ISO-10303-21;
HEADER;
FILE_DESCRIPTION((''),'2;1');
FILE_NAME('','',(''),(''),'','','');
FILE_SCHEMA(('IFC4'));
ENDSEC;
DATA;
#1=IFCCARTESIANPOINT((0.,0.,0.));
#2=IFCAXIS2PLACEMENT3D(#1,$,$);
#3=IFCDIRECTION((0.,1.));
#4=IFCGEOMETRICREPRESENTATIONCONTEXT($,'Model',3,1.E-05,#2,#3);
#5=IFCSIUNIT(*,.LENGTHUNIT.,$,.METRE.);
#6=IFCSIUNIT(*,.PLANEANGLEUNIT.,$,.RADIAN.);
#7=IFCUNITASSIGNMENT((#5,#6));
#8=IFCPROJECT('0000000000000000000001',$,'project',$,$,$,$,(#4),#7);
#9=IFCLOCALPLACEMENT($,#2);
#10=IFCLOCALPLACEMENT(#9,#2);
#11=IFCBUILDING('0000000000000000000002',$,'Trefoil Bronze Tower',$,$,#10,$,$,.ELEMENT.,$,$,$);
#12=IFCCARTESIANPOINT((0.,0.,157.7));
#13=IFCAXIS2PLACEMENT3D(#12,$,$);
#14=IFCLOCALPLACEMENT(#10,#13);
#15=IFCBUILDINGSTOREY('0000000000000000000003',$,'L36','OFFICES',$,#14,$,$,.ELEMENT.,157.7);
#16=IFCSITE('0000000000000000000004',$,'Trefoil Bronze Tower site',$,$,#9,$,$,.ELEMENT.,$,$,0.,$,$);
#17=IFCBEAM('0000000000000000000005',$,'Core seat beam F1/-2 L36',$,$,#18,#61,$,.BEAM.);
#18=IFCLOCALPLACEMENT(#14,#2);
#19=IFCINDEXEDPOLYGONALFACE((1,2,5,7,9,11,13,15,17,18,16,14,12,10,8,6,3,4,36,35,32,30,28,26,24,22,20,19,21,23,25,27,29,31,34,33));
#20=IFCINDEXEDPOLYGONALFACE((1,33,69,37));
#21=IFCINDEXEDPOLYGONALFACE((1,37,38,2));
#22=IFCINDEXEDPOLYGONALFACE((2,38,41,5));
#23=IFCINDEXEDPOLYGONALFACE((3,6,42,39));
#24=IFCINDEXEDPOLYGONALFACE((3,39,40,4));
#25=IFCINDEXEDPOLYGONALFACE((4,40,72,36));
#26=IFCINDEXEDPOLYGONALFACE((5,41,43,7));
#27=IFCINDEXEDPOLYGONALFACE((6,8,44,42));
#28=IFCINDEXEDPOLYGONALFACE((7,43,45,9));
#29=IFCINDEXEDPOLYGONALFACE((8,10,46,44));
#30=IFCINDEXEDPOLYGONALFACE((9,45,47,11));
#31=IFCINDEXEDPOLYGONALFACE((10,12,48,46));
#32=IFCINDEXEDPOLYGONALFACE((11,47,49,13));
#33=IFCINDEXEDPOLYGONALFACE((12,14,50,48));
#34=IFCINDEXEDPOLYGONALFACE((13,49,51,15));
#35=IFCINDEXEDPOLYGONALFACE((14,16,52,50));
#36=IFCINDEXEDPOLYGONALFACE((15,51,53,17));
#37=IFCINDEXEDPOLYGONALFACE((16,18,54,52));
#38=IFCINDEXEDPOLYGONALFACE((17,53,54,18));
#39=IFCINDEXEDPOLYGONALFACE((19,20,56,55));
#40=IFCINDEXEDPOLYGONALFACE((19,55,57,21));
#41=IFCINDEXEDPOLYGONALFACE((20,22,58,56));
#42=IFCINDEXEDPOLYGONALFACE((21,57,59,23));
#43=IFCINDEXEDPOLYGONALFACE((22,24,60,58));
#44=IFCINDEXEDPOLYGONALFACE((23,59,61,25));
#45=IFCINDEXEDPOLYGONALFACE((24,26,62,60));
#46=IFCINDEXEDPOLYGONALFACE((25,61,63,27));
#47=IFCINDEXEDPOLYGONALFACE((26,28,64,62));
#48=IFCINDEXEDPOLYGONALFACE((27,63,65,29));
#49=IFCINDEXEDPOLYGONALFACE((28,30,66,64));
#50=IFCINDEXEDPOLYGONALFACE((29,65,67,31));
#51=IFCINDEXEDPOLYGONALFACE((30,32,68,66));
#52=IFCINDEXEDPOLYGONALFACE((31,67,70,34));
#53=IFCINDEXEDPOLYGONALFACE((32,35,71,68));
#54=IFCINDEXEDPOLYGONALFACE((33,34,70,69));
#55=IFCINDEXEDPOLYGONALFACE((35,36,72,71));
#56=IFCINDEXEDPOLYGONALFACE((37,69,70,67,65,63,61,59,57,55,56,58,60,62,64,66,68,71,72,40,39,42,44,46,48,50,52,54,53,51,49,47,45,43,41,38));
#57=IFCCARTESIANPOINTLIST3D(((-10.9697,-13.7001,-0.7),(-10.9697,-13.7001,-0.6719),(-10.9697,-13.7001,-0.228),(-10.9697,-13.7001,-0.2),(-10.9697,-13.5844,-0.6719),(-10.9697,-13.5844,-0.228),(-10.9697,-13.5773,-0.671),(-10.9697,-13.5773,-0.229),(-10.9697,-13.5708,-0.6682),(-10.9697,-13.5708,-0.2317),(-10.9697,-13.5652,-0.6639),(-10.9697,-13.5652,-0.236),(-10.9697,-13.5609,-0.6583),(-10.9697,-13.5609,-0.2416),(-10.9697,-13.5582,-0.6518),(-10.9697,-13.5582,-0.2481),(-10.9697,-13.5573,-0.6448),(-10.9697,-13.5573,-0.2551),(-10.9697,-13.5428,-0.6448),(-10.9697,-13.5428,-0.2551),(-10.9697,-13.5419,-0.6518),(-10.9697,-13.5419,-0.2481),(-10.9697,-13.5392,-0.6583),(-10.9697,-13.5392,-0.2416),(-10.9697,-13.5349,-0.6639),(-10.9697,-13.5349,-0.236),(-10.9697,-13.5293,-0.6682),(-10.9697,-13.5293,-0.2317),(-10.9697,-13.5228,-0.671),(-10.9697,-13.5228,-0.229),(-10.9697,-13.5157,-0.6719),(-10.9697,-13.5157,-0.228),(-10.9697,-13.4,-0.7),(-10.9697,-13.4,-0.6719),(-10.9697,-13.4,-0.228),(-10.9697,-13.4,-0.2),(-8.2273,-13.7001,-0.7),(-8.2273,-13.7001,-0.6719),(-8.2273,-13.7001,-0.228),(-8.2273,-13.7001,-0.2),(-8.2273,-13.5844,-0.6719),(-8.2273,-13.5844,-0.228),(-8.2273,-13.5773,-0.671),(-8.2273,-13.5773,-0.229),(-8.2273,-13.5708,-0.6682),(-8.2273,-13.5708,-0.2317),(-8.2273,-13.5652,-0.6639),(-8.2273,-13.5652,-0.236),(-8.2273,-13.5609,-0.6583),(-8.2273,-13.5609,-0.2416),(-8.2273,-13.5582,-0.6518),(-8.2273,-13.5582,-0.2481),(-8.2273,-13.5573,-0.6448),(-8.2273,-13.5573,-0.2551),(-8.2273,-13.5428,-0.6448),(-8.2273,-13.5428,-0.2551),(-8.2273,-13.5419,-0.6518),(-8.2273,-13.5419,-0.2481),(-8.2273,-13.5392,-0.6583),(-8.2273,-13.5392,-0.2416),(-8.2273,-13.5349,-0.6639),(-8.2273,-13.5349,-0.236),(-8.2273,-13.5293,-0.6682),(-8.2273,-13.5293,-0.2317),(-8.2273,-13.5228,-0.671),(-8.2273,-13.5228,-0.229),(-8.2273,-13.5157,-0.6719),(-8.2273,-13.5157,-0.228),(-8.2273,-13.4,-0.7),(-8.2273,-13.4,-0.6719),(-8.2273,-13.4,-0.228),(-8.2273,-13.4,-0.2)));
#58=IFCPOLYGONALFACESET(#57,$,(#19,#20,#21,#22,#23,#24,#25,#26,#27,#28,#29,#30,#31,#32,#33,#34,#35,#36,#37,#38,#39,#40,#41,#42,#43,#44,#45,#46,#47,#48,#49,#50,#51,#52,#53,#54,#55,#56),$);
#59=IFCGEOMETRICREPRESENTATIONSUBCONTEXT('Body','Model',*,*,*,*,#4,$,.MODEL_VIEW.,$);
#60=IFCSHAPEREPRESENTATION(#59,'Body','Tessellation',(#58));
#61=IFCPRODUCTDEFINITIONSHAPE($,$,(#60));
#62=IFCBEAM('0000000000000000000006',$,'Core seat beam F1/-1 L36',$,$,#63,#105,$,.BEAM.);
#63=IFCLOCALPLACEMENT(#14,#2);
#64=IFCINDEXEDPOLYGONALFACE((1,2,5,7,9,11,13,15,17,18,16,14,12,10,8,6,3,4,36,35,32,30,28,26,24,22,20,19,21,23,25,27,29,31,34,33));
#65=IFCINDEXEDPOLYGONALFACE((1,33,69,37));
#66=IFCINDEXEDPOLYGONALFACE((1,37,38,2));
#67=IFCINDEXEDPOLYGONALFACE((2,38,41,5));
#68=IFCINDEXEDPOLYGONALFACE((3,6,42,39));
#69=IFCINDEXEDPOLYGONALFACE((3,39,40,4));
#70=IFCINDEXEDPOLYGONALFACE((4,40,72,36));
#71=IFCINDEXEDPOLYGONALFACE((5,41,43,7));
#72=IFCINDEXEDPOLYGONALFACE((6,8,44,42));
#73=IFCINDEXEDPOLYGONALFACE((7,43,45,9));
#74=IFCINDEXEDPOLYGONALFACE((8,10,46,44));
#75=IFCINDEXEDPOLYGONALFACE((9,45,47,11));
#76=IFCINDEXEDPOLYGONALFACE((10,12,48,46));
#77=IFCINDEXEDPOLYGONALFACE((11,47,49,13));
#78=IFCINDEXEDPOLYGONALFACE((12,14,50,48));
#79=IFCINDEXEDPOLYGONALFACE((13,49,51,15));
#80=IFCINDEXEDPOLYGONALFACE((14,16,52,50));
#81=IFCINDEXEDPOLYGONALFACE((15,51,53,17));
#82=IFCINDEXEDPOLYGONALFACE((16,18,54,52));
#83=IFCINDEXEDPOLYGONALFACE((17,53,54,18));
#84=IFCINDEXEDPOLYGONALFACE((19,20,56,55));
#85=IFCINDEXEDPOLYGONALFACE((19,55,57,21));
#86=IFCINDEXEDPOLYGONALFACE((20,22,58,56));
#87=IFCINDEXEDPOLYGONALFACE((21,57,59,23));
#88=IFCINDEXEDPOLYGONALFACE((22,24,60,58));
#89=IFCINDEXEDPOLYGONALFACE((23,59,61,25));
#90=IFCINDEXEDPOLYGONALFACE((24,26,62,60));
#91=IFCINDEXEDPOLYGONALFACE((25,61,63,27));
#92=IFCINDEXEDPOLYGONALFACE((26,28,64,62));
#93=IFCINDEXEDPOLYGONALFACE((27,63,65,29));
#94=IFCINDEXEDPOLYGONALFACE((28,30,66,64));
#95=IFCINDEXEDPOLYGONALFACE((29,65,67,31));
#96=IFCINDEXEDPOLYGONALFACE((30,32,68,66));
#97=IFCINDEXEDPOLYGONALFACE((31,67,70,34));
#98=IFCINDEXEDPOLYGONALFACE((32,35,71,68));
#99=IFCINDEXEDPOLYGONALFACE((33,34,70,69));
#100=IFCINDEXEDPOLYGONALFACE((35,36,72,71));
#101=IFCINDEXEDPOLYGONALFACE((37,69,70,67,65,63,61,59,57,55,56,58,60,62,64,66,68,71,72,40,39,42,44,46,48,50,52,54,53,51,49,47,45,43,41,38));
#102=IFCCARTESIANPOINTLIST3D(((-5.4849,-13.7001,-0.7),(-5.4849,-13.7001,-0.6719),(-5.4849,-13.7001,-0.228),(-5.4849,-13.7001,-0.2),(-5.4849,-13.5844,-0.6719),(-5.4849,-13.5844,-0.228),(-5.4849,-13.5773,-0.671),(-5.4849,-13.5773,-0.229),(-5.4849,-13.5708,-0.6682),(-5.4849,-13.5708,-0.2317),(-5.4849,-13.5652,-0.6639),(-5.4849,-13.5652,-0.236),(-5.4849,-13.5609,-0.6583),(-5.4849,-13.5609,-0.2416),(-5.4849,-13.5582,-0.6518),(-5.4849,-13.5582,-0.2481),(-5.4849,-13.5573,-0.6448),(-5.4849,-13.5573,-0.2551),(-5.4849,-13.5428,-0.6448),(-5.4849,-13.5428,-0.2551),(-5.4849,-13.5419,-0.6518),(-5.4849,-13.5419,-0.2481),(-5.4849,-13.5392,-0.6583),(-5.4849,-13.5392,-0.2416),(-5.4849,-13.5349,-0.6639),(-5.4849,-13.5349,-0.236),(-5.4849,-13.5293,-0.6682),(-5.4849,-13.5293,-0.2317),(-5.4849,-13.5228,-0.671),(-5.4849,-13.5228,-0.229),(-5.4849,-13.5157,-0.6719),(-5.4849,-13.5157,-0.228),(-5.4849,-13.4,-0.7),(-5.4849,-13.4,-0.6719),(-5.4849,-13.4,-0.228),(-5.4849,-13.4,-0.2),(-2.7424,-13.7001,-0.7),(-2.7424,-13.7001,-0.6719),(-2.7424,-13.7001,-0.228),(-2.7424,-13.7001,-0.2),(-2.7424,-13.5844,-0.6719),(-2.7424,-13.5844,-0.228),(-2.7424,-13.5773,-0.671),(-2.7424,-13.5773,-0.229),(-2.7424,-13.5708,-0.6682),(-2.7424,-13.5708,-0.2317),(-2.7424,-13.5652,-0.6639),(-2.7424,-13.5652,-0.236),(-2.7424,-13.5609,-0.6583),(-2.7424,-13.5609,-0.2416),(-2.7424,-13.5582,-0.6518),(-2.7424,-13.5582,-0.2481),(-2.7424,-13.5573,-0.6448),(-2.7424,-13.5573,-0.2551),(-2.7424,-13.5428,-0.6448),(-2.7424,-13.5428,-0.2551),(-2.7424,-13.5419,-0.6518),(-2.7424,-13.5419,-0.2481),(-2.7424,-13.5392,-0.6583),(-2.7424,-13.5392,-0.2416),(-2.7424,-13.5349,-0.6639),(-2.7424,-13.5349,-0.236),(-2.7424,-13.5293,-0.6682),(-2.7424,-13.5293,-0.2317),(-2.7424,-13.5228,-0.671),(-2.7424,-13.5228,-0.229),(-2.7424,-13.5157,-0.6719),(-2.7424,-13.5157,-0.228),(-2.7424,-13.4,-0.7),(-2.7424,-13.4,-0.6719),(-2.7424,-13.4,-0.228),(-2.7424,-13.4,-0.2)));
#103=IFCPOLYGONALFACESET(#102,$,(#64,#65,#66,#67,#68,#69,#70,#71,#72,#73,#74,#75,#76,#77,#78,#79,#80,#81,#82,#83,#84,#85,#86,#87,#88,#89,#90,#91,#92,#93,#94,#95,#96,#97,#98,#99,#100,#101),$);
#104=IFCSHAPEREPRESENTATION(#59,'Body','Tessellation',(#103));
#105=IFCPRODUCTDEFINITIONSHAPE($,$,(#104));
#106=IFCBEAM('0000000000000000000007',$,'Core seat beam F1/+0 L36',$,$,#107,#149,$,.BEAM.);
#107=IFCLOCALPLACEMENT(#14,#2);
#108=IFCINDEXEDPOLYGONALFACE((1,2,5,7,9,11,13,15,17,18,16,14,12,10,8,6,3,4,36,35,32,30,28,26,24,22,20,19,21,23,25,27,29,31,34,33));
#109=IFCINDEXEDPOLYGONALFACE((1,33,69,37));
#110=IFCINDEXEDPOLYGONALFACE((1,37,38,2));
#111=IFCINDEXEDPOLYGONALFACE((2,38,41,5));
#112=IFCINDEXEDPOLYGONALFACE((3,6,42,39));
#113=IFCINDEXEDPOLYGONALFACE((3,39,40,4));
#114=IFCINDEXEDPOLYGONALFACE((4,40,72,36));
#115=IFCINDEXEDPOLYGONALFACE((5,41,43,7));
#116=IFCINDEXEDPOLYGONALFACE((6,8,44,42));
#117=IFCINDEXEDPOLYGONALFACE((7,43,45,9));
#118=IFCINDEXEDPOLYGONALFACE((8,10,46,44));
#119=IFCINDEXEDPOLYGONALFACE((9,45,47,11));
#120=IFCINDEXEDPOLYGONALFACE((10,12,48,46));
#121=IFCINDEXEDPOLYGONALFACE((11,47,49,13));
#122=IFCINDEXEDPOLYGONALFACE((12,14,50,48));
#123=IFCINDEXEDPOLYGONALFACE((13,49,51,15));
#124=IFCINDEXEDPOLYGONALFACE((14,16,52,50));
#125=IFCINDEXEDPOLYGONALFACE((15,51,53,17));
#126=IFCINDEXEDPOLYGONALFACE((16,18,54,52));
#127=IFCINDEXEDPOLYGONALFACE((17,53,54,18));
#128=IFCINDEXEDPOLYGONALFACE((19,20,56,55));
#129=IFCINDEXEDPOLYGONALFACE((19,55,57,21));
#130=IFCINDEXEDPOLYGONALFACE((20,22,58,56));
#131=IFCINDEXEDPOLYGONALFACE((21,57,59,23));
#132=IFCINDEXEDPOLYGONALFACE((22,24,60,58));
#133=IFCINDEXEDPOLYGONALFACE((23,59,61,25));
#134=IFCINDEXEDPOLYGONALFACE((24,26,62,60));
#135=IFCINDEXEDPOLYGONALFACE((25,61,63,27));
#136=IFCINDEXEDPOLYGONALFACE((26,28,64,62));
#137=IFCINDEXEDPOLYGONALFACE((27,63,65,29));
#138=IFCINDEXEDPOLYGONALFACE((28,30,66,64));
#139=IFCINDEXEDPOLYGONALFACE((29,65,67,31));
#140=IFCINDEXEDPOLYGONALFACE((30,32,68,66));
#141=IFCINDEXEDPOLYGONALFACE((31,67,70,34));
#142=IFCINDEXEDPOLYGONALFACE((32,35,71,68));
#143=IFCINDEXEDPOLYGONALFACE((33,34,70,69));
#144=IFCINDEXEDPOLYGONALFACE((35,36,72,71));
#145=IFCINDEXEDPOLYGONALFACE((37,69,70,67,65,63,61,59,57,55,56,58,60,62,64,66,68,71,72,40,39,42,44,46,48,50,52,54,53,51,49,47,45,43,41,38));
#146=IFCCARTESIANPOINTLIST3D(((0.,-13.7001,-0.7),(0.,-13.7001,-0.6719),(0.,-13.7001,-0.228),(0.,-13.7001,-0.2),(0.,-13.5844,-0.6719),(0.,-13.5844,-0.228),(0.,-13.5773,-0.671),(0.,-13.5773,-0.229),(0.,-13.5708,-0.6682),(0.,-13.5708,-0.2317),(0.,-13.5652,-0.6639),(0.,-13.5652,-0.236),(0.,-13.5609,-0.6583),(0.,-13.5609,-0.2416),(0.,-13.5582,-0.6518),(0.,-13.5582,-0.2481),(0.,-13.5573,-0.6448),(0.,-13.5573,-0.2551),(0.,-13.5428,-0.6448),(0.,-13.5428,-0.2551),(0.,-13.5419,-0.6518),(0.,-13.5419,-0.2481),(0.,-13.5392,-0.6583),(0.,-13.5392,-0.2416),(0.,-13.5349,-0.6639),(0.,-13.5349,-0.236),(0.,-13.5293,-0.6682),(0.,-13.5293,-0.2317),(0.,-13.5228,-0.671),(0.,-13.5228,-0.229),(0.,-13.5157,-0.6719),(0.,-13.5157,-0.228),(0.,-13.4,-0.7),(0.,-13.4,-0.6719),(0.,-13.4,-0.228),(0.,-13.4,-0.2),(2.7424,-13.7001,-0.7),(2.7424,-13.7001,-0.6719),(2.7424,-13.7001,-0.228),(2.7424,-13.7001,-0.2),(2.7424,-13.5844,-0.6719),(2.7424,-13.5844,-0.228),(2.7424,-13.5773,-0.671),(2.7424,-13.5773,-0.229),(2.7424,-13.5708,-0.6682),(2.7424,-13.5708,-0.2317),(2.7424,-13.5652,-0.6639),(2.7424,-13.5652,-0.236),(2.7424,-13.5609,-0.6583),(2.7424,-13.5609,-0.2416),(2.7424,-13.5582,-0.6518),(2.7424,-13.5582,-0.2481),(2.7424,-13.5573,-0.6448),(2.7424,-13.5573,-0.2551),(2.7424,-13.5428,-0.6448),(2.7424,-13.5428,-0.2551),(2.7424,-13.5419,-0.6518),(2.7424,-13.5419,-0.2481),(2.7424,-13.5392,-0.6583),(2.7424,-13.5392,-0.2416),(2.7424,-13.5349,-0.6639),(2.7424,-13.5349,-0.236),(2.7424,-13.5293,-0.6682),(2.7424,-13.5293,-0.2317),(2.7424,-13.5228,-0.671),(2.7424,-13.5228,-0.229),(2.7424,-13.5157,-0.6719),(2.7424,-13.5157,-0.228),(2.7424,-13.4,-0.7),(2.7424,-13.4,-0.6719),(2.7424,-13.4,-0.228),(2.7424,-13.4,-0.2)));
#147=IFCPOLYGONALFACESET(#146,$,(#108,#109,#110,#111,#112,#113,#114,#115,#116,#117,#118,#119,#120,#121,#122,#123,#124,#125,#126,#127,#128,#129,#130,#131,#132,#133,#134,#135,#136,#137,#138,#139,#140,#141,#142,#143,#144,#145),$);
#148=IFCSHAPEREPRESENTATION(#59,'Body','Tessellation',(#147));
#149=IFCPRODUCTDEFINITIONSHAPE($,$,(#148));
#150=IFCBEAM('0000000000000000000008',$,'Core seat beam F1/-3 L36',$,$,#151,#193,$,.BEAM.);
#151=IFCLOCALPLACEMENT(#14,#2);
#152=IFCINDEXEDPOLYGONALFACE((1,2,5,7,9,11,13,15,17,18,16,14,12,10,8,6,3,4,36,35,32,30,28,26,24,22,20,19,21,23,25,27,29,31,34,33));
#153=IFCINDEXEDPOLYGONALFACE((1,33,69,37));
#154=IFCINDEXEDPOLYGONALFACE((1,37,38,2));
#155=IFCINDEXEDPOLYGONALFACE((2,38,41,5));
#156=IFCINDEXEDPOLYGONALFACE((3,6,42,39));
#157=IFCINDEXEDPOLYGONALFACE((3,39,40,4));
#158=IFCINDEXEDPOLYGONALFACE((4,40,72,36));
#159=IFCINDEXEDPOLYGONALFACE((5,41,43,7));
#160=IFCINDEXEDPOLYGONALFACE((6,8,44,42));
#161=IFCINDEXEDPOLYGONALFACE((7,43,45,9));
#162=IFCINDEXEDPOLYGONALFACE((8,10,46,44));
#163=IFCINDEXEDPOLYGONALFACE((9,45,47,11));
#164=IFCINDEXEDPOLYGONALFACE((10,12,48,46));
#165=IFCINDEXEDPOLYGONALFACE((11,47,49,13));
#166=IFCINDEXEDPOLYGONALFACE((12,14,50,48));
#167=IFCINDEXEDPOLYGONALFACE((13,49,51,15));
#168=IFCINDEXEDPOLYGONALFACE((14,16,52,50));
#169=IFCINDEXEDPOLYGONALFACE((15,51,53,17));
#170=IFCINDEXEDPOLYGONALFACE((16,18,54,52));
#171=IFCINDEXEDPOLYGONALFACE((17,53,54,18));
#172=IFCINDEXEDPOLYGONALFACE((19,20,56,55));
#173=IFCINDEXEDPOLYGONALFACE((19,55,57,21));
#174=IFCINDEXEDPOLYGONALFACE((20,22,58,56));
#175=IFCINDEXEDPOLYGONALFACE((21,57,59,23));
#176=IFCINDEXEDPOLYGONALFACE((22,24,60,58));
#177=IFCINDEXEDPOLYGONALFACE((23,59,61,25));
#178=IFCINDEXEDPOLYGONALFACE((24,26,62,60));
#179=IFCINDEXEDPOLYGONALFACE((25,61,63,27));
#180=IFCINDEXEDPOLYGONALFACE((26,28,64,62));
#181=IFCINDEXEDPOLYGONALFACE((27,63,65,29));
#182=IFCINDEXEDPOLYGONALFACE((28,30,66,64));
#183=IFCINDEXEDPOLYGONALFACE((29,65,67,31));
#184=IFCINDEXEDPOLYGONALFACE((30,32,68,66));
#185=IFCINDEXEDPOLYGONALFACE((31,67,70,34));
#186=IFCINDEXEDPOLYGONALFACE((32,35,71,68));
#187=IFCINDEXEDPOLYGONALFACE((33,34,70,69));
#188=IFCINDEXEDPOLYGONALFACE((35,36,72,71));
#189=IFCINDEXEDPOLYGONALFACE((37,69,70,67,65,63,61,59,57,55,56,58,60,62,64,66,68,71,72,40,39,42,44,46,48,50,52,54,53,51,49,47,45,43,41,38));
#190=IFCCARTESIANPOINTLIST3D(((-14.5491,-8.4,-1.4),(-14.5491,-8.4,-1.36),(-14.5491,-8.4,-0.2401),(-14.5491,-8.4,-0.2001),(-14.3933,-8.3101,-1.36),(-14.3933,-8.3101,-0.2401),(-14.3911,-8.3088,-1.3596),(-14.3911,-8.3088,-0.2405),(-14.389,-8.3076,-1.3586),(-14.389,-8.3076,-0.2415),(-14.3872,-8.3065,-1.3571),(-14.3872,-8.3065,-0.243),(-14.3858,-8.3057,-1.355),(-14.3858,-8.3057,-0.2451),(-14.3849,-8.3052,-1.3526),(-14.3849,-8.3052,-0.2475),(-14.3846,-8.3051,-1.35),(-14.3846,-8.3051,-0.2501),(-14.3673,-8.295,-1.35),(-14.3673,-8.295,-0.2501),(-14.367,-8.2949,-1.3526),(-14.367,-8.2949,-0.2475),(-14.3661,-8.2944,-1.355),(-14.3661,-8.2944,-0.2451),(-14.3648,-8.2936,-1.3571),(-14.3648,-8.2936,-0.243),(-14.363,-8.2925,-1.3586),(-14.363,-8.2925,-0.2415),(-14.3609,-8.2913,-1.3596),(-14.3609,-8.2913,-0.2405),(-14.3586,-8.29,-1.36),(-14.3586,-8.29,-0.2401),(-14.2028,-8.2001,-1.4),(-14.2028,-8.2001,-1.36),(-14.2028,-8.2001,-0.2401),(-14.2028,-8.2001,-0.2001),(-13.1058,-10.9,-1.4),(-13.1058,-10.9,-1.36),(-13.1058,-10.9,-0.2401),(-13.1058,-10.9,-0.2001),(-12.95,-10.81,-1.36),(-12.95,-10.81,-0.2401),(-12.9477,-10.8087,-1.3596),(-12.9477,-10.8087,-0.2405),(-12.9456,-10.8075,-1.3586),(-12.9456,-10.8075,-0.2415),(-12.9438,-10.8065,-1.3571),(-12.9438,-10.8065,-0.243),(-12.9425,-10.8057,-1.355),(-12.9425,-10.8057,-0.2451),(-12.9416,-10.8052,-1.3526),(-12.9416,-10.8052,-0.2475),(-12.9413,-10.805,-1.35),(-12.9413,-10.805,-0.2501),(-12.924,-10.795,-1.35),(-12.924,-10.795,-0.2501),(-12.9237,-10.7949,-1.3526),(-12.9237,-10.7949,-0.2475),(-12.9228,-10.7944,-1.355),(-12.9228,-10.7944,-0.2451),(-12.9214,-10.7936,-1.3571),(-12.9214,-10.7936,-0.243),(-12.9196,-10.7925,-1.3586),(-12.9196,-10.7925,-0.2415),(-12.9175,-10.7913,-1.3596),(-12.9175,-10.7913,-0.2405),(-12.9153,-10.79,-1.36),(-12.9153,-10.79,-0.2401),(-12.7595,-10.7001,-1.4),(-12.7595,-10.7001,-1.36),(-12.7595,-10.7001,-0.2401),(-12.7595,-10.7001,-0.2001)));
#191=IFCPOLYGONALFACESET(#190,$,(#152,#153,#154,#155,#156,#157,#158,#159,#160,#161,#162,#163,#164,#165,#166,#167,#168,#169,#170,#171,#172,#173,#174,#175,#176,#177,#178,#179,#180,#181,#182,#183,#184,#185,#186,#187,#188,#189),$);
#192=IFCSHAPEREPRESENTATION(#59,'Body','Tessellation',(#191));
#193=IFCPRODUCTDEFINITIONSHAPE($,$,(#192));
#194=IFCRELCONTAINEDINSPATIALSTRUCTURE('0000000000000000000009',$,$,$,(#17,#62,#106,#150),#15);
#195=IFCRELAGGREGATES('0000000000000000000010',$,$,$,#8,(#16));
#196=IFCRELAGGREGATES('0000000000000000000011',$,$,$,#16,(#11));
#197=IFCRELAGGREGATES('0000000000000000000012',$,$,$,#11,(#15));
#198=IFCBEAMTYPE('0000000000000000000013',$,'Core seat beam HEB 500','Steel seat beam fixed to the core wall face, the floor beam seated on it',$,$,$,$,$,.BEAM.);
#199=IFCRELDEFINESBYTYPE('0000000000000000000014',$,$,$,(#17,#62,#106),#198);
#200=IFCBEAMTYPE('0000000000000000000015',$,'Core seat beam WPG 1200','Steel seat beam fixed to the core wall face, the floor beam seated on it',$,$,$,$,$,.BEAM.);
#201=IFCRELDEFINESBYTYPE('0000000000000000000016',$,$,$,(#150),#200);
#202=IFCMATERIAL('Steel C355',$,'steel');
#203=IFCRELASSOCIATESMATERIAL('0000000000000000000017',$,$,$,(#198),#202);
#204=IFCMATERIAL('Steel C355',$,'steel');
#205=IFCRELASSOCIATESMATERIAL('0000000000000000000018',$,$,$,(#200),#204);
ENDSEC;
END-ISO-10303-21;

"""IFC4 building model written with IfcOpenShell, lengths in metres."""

from ifc_helpers import new_model, si_unit, direction, frame, origin, origin_2d, place, context, subcontext, project, spatial, i_section, extrude, material, material_profile, profile_set, type_object, element, save


model = new_model("IFC4")

# Units and contexts
model_context = context("Model", 3, precision=1e-05, world=origin(), true_north=direction((0.0, 1.0)))
body_context = subcontext(model_context, "Body", "Model", "MODEL_VIEW")
ifc_project = project(units=[si_unit("LENGTHUNIT", "METRE"), si_unit("PLANEANGLEUNIT", "RADIAN")], contexts=[model_context])

# Site, building, storey
site_placement = place(None, origin())
site = spatial("IfcSite", under=ifc_project, at=site_placement, Name="Trefoil Bronze Tower site", CompositionType="ELEMENT", RefElevation=0.0)
building_placement = place(site_placement, origin())
building = spatial("IfcBuilding", under=site, at=building_placement, Name="Trefoil Bronze Tower", CompositionType="ELEMENT")
storey_placement = place(building_placement, frame((0.0, 0.0, 157.7)))
storey = spatial("IfcBuildingStorey", under=building, at=storey_placement, Name="L36", Description="OFFICES", CompositionType="ELEMENT", Elevation=157.7)

# Beams
ifc_material_1 = material(Name="Steel C355", Category="steel")
ifc_material_profile_1 = material_profile(ifc_material_1, i_section(OverallWidth=0.3, OverallDepth=0.5, WebThickness=0.0144, FlangeThickness=0.0281, FilletRadius=0.0271, at=origin_2d()), Name="HEB 500")
ifc_profile_set_1 = profile_set([ifc_material_profile_1], Name="Steel C355")
beam_type_1 = type_object("IfcBeamType", Name="Core seat beam HEB 500", Description="Steel seat beam fixed to the core wall face, the floor beam seated on it", PredefinedType="BEAM", material=ifc_profile_set_1)
for number, where, z_axis, x_axis, name in (
    (1, (-10.9697, -13.55, -0.45), (1.0, 0.0, 0.0), (0.0, 1.0, 0.0), "Core seat beam F1/-2 L36"),
    (2, (-5.4849, -13.55, -0.45), (1.0, 0.0, 0.0), (0.0, 1.0, 0.0), "Core seat beam F1/-1 L36"),
    (3, (0.0, -13.55, -0.45), (1.0, 0.0, 0.0), (0.0, 1.0, 0.0), "Core seat beam F1/+0 L36"),
):
    element("IfcBeam", number, at=place(storey_placement, frame(where, z_axis=z_axis, x_axis=x_axis)), inside=storey, type_object=beam_type_1, Name=name, PredefinedType="BEAM", context=body_context, shape_type="SweptSolid", body=[
        extrude(i_section(OverallWidth=0.3, OverallDepth=0.5, WebThickness=0.0144, FlangeThickness=0.0281, FilletRadius=0.0271, at=origin_2d()), origin(), (0.0, 0.0, 1.0), 2.7424),
    ])
ifc_material_2 = material(Name="Steel C355", Category="steel")
ifc_material_profile_2 = material_profile(ifc_material_2, i_section(OverallWidth=0.3999, OverallDepth=1.2, WebThickness=0.02, FlangeThickness=0.04, FilletRadius=0.01, at=origin_2d()), Name="WPG 1200")
ifc_profile_set_2 = profile_set([ifc_material_profile_2], Name="Steel C355")
beam_type_2 = type_object("IfcBeamType", Name="Core seat beam WPG 1200", Description="Steel seat beam fixed to the core wall face, the floor beam seated on it", PredefinedType="BEAM", material=ifc_profile_set_2)
beam_1_placement = place(storey_placement, frame((-14.376, -8.3, -0.8), z_axis=(0.499996, -0.866028, 0.0), x_axis=(0.866028, 0.499996, 0.0)))
element("IfcBeam", 4, at=beam_1_placement, inside=storey, type_object=beam_type_2, Name="Core seat beam F1/-3 L36", PredefinedType="BEAM", context=body_context, shape_type="SweptSolid", body=[
    extrude(i_section(OverallWidth=0.3999, OverallDepth=1.2, WebThickness=0.02, FlangeThickness=0.04, FilletRadius=0.01, at=origin_2d()), origin(), (0.0, 0.0, 1.0), 2.8867),
])

save(model, "model.ifc")
